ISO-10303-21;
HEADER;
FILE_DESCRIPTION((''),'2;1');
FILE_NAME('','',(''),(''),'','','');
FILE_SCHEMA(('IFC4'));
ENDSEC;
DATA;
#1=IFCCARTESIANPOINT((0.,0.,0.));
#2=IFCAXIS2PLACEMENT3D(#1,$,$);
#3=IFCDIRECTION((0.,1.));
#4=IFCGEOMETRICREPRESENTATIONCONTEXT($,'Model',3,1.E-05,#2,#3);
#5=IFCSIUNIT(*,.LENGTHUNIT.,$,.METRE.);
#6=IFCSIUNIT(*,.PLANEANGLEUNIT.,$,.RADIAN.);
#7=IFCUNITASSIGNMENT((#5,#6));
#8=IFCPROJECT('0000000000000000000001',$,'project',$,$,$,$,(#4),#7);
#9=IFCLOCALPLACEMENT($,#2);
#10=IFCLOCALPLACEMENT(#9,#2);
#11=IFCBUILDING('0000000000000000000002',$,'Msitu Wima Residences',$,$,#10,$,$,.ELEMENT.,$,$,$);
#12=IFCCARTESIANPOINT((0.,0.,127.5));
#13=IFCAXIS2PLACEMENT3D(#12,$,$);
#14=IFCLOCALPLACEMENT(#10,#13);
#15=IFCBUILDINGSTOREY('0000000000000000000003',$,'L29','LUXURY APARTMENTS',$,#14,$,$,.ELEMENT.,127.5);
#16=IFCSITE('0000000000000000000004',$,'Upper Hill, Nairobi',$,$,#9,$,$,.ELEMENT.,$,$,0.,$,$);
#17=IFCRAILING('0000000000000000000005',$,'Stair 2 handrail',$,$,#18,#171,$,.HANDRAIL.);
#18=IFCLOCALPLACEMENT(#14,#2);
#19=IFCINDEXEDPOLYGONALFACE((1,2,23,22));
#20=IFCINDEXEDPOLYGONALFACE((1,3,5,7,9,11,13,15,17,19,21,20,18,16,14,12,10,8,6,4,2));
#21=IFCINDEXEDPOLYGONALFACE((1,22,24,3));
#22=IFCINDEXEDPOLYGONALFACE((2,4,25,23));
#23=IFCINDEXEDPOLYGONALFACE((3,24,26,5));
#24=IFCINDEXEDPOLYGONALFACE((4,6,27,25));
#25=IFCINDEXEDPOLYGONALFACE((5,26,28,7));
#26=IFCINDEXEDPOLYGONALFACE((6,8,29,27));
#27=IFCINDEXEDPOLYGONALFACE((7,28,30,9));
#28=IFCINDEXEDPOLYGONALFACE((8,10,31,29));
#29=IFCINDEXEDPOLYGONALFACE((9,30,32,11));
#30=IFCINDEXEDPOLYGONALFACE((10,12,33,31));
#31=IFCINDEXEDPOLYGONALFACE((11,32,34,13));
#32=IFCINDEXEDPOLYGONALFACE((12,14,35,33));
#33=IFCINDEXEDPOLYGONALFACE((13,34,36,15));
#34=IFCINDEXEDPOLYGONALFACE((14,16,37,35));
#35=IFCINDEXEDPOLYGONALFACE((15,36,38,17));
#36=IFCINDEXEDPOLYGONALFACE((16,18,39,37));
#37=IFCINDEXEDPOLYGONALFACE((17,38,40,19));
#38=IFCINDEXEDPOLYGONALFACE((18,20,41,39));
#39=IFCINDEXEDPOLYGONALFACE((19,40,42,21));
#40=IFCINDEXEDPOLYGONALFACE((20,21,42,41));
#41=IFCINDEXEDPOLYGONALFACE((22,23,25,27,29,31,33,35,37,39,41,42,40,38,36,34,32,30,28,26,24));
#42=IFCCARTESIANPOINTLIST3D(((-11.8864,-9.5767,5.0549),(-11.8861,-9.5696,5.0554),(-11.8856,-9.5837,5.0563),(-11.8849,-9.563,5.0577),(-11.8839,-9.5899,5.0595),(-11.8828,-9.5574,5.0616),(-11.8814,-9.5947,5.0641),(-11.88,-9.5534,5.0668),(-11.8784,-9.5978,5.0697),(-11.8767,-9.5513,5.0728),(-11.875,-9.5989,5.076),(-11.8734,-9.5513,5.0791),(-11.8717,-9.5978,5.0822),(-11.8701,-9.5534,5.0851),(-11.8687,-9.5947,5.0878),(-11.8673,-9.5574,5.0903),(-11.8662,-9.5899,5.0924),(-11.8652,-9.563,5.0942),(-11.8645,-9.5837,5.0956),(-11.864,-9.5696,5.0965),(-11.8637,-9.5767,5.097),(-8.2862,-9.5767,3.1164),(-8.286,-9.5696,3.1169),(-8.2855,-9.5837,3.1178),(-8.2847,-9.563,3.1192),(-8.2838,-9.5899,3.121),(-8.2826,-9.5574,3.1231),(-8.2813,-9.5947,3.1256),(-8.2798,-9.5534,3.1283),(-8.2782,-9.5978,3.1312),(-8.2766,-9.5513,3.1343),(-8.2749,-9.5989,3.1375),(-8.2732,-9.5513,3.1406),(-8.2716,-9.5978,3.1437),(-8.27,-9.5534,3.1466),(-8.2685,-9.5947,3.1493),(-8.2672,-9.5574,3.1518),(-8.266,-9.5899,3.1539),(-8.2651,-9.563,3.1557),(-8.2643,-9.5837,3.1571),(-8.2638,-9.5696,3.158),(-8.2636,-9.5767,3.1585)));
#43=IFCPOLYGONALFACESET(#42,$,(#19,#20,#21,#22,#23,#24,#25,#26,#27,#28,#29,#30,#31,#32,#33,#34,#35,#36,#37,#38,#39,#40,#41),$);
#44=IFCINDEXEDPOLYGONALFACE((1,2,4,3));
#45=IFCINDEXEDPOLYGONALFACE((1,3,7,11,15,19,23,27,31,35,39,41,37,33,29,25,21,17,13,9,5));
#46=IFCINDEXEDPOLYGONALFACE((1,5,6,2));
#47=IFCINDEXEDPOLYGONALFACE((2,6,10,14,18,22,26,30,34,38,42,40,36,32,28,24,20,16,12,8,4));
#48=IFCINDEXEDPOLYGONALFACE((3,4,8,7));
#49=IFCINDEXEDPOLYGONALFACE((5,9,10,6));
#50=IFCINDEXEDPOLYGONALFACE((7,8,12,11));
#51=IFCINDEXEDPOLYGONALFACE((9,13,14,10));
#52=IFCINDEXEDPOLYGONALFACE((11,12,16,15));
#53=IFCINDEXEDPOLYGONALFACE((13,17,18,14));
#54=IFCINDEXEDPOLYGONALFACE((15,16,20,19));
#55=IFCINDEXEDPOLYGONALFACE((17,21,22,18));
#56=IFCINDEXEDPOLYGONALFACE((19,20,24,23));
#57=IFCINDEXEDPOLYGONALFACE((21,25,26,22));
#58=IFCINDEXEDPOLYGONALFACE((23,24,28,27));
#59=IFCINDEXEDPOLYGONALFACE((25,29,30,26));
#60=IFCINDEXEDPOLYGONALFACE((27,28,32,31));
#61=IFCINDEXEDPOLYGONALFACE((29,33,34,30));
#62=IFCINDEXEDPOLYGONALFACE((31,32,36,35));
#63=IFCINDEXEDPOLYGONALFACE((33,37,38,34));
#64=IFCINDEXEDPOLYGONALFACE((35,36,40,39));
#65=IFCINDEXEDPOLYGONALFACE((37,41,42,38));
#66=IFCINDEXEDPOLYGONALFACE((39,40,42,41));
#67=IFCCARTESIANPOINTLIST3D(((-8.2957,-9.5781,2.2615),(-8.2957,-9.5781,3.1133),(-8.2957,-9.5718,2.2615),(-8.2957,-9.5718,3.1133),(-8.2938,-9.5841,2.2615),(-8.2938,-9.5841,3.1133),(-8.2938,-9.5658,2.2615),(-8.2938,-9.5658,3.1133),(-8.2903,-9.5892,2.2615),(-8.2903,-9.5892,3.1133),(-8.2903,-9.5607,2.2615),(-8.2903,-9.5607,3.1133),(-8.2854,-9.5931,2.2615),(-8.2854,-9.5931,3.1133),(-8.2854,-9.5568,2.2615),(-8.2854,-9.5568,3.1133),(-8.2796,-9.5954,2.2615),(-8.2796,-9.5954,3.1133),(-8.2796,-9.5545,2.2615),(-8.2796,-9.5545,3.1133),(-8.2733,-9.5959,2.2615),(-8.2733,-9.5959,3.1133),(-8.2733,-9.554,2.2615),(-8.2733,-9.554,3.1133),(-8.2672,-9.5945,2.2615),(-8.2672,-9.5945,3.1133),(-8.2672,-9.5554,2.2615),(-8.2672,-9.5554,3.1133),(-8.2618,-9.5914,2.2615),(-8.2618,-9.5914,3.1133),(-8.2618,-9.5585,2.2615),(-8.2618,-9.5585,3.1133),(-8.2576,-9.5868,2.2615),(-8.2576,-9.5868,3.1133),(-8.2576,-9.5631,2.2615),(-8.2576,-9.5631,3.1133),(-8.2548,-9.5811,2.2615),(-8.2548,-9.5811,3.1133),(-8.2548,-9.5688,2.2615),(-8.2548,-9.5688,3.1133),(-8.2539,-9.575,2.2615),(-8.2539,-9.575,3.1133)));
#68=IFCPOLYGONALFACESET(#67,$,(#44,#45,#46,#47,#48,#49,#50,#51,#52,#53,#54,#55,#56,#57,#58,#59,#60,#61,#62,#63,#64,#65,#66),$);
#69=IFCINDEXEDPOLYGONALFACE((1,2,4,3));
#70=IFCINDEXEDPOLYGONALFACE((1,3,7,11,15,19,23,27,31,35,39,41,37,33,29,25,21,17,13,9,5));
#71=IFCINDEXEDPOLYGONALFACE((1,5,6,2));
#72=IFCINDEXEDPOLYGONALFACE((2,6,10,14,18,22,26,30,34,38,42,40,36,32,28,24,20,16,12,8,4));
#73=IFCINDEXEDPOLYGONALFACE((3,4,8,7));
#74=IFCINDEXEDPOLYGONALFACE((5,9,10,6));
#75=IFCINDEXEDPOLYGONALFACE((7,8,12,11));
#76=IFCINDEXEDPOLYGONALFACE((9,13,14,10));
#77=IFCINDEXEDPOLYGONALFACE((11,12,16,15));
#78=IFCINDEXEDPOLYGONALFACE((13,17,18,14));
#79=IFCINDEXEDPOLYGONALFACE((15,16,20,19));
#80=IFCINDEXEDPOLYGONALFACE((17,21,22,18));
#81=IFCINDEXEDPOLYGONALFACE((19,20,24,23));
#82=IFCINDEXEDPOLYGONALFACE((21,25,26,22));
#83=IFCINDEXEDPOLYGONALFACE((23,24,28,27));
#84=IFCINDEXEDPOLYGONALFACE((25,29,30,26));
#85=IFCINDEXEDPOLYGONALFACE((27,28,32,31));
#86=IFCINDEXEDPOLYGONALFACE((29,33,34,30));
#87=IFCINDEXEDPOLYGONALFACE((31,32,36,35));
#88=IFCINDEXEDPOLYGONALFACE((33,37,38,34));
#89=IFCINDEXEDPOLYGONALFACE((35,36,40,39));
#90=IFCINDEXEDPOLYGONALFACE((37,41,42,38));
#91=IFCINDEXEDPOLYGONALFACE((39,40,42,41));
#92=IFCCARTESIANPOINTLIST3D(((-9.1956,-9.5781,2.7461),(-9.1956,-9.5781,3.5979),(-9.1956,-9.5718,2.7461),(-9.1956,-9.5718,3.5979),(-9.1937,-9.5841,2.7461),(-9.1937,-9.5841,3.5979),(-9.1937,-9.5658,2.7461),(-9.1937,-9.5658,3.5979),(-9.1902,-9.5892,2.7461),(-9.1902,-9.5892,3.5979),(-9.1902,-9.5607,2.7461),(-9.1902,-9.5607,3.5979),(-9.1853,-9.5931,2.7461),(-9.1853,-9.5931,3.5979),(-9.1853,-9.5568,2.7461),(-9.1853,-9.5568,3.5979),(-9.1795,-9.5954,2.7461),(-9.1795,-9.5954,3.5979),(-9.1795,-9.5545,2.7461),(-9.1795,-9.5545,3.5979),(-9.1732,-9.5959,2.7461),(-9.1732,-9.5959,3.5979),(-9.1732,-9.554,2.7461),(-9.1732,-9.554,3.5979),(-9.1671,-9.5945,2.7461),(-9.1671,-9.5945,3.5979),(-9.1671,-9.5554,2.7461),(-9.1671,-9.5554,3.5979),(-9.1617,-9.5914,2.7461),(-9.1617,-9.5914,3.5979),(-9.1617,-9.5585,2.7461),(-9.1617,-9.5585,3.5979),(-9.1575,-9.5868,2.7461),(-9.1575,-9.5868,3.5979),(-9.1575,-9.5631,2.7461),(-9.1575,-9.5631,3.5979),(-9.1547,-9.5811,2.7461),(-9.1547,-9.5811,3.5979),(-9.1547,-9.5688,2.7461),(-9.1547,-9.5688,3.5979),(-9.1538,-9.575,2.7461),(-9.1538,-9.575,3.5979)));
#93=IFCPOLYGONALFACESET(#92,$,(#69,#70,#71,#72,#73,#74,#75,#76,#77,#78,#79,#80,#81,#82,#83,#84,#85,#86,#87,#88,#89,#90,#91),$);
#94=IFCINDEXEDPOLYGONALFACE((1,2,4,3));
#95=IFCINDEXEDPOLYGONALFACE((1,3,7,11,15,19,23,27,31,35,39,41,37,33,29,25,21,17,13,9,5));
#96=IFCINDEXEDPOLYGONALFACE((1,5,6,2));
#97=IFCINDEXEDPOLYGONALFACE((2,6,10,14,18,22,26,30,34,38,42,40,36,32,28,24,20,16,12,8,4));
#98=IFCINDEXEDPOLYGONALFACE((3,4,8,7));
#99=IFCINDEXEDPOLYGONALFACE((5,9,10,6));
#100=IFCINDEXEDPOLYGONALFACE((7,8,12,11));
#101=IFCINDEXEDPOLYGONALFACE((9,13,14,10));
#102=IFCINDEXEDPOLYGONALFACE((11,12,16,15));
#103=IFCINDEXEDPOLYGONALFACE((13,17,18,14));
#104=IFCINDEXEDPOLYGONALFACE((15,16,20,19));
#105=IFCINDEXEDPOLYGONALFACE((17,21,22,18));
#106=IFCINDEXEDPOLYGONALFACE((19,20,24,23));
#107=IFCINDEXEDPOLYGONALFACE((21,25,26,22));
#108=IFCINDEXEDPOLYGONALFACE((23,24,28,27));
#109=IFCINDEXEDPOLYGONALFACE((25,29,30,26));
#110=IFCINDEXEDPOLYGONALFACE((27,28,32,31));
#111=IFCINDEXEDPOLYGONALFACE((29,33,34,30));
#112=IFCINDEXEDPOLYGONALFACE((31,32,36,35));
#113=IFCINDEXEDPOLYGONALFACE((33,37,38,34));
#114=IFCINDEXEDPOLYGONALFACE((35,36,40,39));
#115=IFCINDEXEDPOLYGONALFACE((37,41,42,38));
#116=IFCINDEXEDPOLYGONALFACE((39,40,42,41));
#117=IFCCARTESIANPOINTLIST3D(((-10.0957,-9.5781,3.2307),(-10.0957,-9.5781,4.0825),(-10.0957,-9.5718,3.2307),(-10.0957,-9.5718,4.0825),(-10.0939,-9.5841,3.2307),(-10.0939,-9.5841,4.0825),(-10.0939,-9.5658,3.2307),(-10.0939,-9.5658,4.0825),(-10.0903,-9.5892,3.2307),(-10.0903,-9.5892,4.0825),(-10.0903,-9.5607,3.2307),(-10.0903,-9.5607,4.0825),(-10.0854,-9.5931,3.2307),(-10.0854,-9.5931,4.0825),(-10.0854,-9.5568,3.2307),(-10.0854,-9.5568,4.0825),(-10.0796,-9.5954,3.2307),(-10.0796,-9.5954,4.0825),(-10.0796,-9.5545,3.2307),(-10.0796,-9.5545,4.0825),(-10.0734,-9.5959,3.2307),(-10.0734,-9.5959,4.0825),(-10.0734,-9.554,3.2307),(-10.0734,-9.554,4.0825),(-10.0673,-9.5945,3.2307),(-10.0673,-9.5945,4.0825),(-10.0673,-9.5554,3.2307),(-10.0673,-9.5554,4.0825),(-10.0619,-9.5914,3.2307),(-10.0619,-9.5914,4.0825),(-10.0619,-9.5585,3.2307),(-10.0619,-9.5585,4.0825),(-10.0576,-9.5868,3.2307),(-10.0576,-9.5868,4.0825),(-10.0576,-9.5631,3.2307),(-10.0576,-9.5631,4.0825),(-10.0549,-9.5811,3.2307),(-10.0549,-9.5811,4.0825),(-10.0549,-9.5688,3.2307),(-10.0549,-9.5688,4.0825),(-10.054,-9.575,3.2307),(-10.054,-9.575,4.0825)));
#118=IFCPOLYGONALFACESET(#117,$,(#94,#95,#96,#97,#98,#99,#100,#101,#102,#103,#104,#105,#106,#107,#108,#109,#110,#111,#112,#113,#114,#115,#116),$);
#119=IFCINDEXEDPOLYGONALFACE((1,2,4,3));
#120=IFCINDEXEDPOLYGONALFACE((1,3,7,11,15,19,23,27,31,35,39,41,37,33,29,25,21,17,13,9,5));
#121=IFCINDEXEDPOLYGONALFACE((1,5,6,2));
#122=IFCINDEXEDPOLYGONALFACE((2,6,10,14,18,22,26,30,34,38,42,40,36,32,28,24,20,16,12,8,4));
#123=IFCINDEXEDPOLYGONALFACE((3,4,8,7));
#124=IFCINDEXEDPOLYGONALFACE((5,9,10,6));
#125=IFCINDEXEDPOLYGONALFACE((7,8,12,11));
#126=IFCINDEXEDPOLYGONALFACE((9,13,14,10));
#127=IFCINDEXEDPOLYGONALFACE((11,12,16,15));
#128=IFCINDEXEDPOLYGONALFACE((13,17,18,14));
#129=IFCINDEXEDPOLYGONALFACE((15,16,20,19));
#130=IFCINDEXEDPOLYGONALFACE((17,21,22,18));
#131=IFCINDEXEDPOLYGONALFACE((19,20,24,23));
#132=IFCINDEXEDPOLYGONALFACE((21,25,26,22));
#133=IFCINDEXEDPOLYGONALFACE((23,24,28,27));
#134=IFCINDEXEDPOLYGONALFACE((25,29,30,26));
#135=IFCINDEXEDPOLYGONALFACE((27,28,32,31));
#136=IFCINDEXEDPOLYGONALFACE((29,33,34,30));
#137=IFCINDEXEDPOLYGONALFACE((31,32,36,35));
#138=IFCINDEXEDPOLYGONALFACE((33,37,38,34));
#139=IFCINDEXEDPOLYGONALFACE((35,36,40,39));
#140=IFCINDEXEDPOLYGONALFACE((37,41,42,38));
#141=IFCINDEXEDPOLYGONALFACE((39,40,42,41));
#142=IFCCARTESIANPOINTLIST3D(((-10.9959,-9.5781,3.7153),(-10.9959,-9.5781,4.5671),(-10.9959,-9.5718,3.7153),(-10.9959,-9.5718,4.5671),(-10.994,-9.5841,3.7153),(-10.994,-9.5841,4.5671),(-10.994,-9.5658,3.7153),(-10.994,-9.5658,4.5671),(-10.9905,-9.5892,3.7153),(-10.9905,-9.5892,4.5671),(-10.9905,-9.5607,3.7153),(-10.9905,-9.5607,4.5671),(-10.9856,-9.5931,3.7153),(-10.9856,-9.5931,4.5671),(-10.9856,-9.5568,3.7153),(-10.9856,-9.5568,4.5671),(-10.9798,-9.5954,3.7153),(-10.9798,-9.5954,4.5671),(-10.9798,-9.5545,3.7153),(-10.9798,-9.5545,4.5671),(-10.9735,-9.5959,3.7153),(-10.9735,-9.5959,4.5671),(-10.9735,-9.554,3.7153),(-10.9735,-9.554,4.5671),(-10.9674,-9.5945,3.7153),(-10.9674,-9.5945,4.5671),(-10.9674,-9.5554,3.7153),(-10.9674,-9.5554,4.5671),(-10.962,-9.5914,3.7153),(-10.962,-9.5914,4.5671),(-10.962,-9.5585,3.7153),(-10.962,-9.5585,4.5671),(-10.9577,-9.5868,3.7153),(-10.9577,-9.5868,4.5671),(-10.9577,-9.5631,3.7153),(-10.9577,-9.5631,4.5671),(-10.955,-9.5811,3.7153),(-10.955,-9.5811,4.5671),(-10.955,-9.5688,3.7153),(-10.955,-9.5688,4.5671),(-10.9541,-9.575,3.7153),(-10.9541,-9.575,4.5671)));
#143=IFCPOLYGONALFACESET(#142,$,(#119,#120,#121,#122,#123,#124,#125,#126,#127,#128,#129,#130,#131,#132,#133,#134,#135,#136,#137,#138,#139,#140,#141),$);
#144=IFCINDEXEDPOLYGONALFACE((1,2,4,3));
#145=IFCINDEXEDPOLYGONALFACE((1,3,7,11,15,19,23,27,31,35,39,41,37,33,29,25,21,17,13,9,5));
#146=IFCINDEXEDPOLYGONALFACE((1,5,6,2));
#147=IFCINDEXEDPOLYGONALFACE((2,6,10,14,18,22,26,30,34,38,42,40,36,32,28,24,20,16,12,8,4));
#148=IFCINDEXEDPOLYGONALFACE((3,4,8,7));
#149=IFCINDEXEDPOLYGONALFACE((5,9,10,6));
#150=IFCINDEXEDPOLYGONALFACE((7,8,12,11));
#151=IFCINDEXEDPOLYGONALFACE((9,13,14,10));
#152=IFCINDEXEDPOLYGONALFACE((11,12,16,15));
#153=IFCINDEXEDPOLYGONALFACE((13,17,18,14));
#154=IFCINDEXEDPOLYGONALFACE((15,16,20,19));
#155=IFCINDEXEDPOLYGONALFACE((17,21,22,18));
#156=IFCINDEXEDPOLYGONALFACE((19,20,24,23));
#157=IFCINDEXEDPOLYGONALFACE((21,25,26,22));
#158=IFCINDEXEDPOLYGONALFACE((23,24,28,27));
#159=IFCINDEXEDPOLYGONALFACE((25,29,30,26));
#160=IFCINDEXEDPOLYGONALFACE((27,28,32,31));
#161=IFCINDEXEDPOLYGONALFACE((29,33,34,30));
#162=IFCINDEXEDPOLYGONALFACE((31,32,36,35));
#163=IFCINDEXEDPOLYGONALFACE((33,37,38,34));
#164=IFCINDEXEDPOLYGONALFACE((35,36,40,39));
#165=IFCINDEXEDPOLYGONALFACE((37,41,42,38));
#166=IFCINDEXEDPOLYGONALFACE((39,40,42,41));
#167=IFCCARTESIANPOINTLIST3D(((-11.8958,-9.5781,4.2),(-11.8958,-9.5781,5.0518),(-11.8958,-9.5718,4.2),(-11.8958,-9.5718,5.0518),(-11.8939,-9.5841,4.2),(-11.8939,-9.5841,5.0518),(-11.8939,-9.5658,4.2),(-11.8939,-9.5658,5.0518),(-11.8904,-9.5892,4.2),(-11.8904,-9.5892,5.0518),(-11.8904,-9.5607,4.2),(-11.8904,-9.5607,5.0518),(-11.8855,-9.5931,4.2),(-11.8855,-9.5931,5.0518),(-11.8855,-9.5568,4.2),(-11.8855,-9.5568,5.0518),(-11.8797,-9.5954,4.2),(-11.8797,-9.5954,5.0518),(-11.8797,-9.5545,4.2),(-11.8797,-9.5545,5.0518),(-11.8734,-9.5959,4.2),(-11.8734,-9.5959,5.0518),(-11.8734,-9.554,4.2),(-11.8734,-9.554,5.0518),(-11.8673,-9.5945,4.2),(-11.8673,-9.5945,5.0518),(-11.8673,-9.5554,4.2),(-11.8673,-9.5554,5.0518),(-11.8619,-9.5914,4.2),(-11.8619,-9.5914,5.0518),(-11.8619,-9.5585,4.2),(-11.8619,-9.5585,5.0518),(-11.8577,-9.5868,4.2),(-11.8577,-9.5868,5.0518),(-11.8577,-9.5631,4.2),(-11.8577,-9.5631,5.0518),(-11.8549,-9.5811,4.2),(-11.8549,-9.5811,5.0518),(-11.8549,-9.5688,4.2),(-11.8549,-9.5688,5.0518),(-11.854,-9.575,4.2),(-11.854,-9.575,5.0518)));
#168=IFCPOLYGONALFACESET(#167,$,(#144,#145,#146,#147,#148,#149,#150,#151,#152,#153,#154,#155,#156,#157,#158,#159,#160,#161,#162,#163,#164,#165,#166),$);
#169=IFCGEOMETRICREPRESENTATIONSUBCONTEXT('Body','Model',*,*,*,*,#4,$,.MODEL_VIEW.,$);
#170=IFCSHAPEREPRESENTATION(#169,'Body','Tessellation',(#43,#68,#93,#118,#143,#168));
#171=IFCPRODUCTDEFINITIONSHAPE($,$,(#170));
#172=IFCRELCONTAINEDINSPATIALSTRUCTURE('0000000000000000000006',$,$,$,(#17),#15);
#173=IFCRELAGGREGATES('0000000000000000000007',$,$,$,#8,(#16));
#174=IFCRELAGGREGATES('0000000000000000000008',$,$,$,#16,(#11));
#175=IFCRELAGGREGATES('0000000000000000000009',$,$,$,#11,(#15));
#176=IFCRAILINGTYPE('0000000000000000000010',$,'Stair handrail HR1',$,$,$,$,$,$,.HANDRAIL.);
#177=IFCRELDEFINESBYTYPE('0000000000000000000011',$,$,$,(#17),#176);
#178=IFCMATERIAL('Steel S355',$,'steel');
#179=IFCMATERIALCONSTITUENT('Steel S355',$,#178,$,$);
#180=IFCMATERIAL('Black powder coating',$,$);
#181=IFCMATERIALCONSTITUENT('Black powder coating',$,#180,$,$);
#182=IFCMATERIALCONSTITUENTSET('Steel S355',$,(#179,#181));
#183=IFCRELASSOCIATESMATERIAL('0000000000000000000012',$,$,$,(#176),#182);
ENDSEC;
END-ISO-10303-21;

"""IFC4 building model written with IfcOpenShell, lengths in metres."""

from ifc_helpers import new_model, si_unit, direction, frame, origin, origin_2d, place, context, subcontext, project, spatial, circle, extrude, material, constituent, constituent_set, type_object, element, save


model = new_model("IFC4")

# Units and contexts
model_context = context("Model", 3, precision=1e-05, world=origin(), true_north=direction((0.0, 1.0)))
body_context = subcontext(model_context, "Body", "Model", "MODEL_VIEW")
ifc_project = project(units=[si_unit("LENGTHUNIT", "METRE"), si_unit("PLANEANGLEUNIT", "RADIAN")], contexts=[model_context])

# Site, building, storey
site_placement = place(None, origin())
site = spatial("IfcSite", under=ifc_project, at=site_placement, Name="Upper Hill, Nairobi", CompositionType="ELEMENT", RefElevation=0.0)
building_placement = place(site_placement, origin())
building = spatial("IfcBuilding", under=site, at=building_placement, Name="Msitu Wima Residences", CompositionType="ELEMENT")
storey_placement = place(building_placement, frame((0.0, 0.0, 127.5)))
storey = spatial("IfcBuildingStorey", under=building, at=storey_placement, Name="L29", Description="LUXURY APARTMENTS", CompositionType="ELEMENT", Elevation=127.5)

# Railing
ifc_material_1 = material(Name="Steel S355", Category="steel")
ifc_constituent_1 = constituent(ifc_material_1, Name="Steel S355")
ifc_material_2 = material(Name="Black powder coating")
ifc_constituent_2 = constituent(ifc_material_2, Name="Black powder coating")
ifc_constituent_set = constituent_set(constituents=[ifc_constituent_1, ifc_constituent_2], Name="Steel S355")
railing_type = type_object("IfcRailingType", Name="Stair handrail HR1", PredefinedType="HANDRAIL", material=ifc_constituent_set)
for number, where, name in (
    (1, (-8.2749, -9.575, 2.2615), "Stair 2 handrail"),
):
    element("IfcRailing", number, at=place(storey_placement, frame(where)), inside=storey, type_object=railing_type, Name=name, PredefinedType="HANDRAIL", context=body_context, shape_type="SweptSolid", body=[
        extrude(circle(Radius=0.0239, at=origin_2d()), frame((0.0, 0.0, 0.876), z_axis=(-0.880475, 0.0, 0.474093), x_axis=(0.0, -1.0, 0.0)), (0.0, 0.0, 1.0), 4.0889),
        extrude(circle(Radius=0.021, at=origin_2d()), origin(), (0.0, 0.0, 1.0), 0.8518),
        extrude(circle(Radius=0.021, at=origin_2d()), frame((-0.8999, 0.0, 0.4846)), (0.0, 0.0, 1.0), 0.8518),
        extrude(circle(Radius=0.021, at=origin_2d()), frame((-1.8, 0.0, 0.9692)), (0.0, 0.0, 1.0), 0.8518),
        extrude(circle(Radius=0.021, at=origin_2d()), frame((-2.7002, 0.0, 1.4539)), (0.0, 0.0, 1.0), 0.8518),
        extrude(circle(Radius=0.021, at=origin_2d()), frame((-3.6001, 0.0, 1.9385)), (0.0, 0.0, 1.0), 0.8518),
    ])

save(model, "model.ifc")
